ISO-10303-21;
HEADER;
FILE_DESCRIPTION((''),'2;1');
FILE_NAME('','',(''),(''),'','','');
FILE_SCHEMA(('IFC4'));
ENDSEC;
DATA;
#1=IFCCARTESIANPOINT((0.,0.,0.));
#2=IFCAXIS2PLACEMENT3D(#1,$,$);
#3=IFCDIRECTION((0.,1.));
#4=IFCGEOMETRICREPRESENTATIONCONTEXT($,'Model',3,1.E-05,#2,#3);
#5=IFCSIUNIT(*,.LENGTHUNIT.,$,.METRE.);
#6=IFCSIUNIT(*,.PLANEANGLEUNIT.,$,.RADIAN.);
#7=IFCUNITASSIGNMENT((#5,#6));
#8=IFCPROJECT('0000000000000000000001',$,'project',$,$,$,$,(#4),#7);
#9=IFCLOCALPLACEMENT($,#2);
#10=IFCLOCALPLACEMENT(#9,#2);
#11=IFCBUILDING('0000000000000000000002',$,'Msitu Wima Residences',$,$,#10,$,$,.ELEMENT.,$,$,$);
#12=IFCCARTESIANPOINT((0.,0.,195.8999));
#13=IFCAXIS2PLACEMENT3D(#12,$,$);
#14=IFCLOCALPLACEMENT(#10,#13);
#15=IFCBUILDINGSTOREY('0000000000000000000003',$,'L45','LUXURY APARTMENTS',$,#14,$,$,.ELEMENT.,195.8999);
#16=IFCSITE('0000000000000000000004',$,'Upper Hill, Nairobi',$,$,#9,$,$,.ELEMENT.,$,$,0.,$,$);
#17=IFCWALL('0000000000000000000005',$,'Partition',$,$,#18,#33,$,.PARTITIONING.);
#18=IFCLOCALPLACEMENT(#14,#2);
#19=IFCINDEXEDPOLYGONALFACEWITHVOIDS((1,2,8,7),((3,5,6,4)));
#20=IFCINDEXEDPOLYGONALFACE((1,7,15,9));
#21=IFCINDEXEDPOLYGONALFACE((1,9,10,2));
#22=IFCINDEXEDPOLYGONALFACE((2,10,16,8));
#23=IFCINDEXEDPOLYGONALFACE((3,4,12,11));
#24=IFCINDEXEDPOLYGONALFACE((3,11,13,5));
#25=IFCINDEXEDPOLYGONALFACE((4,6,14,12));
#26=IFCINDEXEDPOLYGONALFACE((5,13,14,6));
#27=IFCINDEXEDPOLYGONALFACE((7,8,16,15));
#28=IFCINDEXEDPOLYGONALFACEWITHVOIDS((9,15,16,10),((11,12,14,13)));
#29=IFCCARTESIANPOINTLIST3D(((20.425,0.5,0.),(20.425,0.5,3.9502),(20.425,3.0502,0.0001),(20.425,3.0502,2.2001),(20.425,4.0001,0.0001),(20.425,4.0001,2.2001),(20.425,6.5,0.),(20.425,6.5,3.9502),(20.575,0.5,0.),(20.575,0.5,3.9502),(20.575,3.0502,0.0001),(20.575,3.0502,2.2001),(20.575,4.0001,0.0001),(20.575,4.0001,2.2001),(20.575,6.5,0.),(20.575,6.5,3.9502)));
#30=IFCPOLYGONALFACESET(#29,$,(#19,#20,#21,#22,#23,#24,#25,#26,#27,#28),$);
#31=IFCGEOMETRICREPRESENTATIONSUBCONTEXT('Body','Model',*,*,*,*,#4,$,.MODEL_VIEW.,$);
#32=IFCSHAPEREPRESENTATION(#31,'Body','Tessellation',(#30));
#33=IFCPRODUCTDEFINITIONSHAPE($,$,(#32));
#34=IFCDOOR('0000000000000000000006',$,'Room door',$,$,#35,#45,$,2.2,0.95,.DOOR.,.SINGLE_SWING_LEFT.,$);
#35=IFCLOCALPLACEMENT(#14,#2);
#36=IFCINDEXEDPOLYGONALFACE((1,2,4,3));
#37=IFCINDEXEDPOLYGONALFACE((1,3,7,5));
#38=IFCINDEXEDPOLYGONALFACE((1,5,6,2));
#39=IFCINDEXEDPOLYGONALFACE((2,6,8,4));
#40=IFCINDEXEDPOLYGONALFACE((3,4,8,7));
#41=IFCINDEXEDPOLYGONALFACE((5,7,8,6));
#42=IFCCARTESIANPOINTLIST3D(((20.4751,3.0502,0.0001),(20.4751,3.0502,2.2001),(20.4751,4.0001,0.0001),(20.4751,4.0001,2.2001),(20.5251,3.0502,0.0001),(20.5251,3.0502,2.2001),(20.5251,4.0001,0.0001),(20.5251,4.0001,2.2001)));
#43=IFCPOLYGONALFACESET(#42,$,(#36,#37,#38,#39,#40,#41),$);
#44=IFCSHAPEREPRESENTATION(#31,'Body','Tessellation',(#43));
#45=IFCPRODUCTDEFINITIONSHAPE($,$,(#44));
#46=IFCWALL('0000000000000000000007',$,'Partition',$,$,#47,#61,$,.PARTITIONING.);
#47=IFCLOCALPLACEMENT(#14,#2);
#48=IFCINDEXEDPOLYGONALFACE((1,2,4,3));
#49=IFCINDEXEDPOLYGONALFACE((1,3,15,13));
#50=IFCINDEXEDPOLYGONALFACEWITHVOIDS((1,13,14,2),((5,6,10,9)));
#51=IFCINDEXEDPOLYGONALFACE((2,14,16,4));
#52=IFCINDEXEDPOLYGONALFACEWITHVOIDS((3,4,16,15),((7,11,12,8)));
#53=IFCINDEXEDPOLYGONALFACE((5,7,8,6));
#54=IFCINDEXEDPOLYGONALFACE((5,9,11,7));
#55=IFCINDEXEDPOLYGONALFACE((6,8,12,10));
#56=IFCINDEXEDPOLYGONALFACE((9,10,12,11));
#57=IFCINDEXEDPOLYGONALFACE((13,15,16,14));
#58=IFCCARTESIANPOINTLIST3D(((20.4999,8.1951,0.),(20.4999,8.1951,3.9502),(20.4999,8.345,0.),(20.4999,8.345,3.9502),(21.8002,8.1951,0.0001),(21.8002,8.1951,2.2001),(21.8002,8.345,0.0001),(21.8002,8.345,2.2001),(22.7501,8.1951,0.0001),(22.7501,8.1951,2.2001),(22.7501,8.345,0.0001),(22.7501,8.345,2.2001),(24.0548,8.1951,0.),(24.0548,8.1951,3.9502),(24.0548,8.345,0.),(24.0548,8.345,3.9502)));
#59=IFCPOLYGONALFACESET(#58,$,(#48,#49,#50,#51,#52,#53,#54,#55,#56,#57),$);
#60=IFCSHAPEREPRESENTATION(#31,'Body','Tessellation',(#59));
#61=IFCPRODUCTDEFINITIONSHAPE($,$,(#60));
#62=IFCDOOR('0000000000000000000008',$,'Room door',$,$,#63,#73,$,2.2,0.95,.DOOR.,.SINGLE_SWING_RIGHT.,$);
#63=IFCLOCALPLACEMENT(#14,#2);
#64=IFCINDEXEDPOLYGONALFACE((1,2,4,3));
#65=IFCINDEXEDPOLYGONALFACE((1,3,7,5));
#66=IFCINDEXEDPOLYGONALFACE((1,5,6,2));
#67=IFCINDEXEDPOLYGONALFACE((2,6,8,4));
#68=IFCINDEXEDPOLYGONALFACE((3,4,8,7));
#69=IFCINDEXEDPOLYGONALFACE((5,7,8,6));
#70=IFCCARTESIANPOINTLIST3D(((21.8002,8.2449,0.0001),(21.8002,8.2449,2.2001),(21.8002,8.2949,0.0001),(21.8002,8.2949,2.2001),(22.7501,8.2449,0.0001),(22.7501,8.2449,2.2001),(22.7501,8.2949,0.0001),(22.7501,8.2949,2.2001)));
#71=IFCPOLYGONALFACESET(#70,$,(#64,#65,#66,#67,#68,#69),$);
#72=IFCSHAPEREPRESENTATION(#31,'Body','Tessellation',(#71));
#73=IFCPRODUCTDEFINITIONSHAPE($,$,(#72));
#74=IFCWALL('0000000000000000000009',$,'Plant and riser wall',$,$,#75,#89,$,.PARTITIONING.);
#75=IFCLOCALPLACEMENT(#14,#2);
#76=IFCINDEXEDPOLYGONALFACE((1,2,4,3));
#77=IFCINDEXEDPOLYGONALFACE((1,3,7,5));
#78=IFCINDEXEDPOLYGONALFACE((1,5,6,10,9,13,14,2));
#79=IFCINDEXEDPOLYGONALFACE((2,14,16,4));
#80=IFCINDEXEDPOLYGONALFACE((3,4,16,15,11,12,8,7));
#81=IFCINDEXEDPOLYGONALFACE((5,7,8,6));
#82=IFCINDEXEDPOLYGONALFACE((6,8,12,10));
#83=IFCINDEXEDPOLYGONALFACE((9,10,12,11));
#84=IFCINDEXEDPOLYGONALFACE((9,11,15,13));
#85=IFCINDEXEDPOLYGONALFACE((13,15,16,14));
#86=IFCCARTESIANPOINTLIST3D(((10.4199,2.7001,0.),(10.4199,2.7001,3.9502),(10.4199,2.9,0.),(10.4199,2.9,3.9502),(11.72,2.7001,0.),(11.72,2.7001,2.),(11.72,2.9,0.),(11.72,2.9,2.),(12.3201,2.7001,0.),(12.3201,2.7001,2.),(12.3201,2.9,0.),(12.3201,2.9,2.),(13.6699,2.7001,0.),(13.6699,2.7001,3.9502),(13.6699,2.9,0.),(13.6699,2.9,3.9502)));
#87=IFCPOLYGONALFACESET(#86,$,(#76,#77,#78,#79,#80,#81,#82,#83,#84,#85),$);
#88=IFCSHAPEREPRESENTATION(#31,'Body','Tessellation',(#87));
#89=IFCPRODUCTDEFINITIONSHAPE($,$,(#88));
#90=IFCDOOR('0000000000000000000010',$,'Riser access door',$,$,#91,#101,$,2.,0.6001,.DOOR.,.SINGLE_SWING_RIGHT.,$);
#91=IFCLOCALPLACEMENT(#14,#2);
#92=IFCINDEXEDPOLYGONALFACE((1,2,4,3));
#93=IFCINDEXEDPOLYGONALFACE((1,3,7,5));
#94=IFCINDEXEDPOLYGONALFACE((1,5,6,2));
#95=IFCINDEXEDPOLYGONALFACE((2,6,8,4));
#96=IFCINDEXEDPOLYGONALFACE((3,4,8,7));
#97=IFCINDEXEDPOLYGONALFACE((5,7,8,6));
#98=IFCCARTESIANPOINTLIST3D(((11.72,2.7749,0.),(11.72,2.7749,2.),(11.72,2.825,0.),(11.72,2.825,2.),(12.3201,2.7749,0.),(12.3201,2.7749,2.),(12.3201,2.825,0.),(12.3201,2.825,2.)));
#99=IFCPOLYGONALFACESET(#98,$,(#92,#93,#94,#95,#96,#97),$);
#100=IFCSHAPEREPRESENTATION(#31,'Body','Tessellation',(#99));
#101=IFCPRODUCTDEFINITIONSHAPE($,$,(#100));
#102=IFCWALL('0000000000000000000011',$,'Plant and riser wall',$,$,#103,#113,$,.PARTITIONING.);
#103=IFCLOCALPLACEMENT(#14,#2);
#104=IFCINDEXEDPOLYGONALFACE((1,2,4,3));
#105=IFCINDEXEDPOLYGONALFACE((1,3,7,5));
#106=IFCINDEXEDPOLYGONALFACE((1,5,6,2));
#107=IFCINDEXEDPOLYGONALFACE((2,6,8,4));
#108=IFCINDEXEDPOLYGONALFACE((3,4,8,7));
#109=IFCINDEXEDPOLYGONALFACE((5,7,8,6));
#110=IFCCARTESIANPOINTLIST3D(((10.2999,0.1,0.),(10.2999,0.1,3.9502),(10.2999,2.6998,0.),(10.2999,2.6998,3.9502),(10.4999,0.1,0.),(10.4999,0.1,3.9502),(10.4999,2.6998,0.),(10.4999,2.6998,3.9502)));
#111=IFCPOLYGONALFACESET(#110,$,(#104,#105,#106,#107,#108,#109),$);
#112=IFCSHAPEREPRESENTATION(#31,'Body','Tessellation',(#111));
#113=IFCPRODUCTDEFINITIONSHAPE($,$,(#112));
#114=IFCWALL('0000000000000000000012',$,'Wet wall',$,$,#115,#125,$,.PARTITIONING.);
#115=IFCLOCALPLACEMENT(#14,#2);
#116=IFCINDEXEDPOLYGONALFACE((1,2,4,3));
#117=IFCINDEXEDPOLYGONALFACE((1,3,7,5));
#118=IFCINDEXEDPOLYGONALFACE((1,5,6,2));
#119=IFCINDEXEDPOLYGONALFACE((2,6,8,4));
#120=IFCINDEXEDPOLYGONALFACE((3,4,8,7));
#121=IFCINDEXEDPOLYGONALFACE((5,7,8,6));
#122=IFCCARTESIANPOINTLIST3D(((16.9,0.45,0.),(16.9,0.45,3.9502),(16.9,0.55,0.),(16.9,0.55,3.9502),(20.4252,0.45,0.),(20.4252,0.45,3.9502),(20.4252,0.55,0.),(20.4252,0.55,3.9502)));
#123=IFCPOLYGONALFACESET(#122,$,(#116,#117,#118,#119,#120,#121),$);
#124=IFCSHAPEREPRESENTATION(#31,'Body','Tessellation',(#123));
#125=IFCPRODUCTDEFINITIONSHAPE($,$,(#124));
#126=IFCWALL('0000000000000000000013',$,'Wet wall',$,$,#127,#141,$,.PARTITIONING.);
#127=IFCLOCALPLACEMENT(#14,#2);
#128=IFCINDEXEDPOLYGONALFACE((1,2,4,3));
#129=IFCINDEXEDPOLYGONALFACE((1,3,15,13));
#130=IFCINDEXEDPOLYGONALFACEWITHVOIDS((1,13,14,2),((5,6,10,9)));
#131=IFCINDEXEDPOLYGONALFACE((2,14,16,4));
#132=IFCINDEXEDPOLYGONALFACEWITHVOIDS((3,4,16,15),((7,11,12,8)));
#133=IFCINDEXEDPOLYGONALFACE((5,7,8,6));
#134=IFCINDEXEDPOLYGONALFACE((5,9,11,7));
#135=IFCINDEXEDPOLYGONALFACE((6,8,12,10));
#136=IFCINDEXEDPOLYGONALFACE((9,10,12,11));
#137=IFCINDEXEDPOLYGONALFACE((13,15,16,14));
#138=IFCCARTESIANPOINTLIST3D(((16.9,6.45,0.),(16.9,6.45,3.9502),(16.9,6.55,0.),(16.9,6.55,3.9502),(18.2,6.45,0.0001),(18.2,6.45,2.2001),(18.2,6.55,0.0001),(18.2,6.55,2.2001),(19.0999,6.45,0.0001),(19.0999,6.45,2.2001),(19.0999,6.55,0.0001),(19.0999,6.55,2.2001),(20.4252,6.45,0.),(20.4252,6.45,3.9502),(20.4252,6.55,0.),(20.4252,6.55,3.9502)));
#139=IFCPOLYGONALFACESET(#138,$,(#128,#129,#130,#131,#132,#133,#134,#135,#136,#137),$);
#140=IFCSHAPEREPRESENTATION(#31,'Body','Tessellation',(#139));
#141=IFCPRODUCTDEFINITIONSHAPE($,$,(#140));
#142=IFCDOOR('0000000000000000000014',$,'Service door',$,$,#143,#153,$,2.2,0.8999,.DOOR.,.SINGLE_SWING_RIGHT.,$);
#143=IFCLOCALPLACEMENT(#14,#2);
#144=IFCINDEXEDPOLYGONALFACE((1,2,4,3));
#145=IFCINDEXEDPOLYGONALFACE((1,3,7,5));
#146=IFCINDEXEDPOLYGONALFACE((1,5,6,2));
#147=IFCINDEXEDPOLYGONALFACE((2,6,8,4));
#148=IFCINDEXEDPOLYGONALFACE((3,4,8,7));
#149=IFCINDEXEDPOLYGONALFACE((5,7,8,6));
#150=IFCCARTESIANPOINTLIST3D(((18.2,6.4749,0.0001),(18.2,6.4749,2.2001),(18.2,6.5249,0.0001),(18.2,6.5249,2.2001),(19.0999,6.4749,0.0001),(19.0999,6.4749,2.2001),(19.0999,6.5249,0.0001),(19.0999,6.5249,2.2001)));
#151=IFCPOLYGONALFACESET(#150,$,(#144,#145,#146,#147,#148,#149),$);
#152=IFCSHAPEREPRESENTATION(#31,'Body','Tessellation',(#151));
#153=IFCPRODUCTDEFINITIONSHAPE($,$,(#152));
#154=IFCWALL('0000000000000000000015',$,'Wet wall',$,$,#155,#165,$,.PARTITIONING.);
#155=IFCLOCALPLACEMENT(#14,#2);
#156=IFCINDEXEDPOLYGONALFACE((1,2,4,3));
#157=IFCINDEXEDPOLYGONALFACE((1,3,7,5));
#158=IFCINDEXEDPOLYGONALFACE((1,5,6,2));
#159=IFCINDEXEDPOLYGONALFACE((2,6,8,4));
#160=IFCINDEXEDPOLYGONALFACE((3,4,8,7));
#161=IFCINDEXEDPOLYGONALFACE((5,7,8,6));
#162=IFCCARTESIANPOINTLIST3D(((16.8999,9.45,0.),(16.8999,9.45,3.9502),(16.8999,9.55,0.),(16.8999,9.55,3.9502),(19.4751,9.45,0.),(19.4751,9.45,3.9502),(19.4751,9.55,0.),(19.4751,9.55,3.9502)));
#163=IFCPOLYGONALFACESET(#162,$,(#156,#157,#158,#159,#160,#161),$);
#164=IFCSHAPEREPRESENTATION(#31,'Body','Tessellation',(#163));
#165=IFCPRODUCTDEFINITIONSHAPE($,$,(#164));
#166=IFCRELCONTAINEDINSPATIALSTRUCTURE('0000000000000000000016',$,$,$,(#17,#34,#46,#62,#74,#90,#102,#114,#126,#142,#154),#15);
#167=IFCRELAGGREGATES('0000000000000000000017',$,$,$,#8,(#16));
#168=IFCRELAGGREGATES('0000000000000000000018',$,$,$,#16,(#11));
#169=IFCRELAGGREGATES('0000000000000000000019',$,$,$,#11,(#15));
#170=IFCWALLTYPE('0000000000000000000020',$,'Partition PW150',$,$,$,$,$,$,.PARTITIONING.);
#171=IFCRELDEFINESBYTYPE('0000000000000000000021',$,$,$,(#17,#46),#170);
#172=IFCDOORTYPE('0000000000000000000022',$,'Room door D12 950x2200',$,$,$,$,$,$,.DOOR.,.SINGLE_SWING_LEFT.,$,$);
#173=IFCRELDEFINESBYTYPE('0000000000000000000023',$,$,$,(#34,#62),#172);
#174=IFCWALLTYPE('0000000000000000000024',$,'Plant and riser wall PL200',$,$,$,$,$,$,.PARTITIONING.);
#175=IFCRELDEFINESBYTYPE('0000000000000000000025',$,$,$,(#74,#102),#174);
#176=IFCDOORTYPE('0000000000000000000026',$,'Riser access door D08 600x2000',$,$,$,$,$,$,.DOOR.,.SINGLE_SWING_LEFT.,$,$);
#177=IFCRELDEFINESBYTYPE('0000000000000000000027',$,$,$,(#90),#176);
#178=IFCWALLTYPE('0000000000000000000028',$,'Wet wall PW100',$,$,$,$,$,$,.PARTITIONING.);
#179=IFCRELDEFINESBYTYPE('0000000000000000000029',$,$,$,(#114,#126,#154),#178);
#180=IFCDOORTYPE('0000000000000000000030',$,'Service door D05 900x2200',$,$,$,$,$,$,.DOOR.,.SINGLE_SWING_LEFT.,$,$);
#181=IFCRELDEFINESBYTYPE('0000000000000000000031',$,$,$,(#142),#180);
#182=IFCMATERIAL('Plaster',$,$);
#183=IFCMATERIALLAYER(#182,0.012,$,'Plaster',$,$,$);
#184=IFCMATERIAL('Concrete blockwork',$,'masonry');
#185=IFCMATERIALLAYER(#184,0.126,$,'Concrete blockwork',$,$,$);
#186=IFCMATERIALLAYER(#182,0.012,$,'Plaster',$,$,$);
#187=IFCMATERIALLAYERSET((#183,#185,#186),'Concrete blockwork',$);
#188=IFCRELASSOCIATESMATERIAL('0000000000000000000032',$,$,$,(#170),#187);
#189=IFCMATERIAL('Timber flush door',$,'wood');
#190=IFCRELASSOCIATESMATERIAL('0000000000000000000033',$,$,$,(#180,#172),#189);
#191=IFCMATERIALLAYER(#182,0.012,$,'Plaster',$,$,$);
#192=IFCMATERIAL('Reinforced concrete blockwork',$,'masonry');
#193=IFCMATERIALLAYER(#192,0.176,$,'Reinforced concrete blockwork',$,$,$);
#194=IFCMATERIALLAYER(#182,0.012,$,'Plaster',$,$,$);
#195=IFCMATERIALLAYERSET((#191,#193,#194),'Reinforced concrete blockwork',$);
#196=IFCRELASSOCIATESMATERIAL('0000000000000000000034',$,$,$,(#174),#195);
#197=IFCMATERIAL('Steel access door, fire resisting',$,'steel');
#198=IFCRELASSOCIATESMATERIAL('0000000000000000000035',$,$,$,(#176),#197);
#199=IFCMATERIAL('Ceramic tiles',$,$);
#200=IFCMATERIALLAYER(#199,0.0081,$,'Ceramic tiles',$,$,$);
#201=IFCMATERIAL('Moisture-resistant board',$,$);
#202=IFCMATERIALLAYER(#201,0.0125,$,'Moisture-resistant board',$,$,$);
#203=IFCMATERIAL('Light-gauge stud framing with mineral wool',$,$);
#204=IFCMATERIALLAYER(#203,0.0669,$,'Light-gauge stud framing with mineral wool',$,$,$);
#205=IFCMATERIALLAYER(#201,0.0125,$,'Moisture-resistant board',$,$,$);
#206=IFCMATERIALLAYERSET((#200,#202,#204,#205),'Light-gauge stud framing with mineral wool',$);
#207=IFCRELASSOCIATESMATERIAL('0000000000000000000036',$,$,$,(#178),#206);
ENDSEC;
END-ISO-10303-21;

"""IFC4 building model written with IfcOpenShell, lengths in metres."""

from ifc_helpers import new_model, si_unit, direction, frame, frame_2d, origin, place, context, subcontext, project, spatial, rectangle, extrude, material, layer, layer_set, type_object, element, fill, save


model = new_model("IFC4")

# Units and contexts
model_context = context("Model", 3, precision=1e-05, world=origin(), true_north=direction((0.0, 1.0)))
body_context = subcontext(model_context, "Body", "Model", "MODEL_VIEW")
ifc_project = project(units=[si_unit("LENGTHUNIT", "METRE"), si_unit("PLANEANGLEUNIT", "RADIAN")], contexts=[model_context])

# Site, building, storey
site_placement = place(None, origin())
site = spatial("IfcSite", under=ifc_project, at=site_placement, Name="Upper Hill, Nairobi", CompositionType="ELEMENT", RefElevation=0.0)
building_placement = place(site_placement, origin())
building = spatial("IfcBuilding", under=site, at=building_placement, Name="Msitu Wima Residences", CompositionType="ELEMENT")
storey_placement = place(building_placement, frame((0.0, 0.0, 195.8999)))
storey = spatial("IfcBuildingStorey", under=building, at=storey_placement, Name="L45", Description="LUXURY APARTMENTS", CompositionType="ELEMENT", Elevation=195.8999)

# Shared definitions
ifc_material_1 = material(Name="Plaster")
ifc_material_2 = material(Name="Concrete blockwork", Category="masonry")

# Walls, openings, doors
ifc_layer_1 = layer(ifc_material_1, 0.012, Name="Plaster")
ifc_layer_2 = layer(ifc_material_2, 0.126, Name="Concrete blockwork")
ifc_layer_3 = layer(ifc_material_1, 0.012, Name="Plaster")
ifc_layer_set_1 = layer_set([ifc_layer_1, ifc_layer_2, ifc_layer_3], Name="Concrete blockwork")
wall_type_1 = type_object("IfcWallType", Name="Partition PW150", PredefinedType="PARTITIONING", material=ifc_layer_set_1)
ifc_material_3 = material(Name="Timber flush door", Category="wood")
door_type_1 = type_object("IfcDoorType", Name="Service door D05 900x2200", OperationType="SINGLE_SWING_LEFT", PredefinedType="DOOR", material=ifc_material_3)
wall_1_placement = place(storey_placement, frame((20.5, 0.5, 0.0), z_axis=(0.0, 0.0, 1.0), x_axis=(0.0, 1.0, 0.0)))
wall_1 = element("IfcWall", 1, at=wall_1_placement, inside=storey, type_object=wall_type_1, Name="Partition", PredefinedType="PARTITIONING", context=body_context, shape_type="SweptSolid", body=[
    extrude(rectangle(XDim=6.0, YDim=0.1499, at=frame_2d((3.0, 0.0))), origin(), (0.0, 0.0, 1.0), 3.9502),
])
opening_1_placement = place(wall_1_placement, frame((2.55, 0.0, 0.0)))
opening_1 = element("IfcOpeningElement", 2, at=opening_1_placement, cuts=wall_1, PredefinedType="OPENING", context=body_context, shape_type="SweptSolid", body=[
    extrude(rectangle(XDim=0.95, YDim=2.2, at=frame_2d((0.4751, 1.1001))), frame((0.0, 0.085, 0.0), z_axis=(0.0, -1.0, 0.0), x_axis=(1.0, 0.0, 0.0)), (0.0, 0.0, 1.0), 0.1699),
])
door_type_2 = type_object("IfcDoorType", Name="Room door D12 950x2200", OperationType="SINGLE_SWING_LEFT", PredefinedType="DOOR", material=ifc_material_3)
door_1_placement = place(opening_1_placement, origin())
door_1 = element("IfcDoor", 3, at=door_1_placement, inside=storey, type_object=door_type_2, Name="Room door", OperationType="SINGLE_SWING_LEFT", OverallHeight=2.2, OverallWidth=0.95, PredefinedType="DOOR", context=body_context, shape_type="SweptSolid", body=[
    extrude(rectangle(XDim=0.95, YDim=2.2, at=frame_2d((0.4751, 1.1001))), frame((0.0, 0.0249, 0.0), z_axis=(0.0, -1.0, 0.0), x_axis=(1.0, 0.0, 0.0)), (0.0, 0.0, 1.0), 0.05),
])
fill(opening_1, door_1)
wall_2_placement = place(storey_placement, frame((20.5, 8.27, 0.0), z_axis=(0.0, 0.0, 1.0), x_axis=(1.0, 0.0, 0.0)))
wall_2 = element("IfcWall", 4, at=wall_2_placement, inside=storey, type_object=wall_type_1, Name="Partition", PredefinedType="PARTITIONING", context=body_context, shape_type="SweptSolid", body=[
    extrude(rectangle(XDim=3.5549, YDim=0.1499, at=frame_2d((1.7773, 0.0))), origin(), (0.0, 0.0, 1.0), 3.9502),
])
opening_2_placement = place(wall_2_placement, frame((1.3, 0.0, 0.0)))
opening_2 = element("IfcOpeningElement", 5, at=opening_2_placement, cuts=wall_2, PredefinedType="OPENING", context=body_context, shape_type="SweptSolid", body=[
    extrude(rectangle(XDim=0.95, YDim=2.2, at=frame_2d((0.4751, 1.1001))), frame((0.0, 0.085, 0.0), z_axis=(0.0, -1.0, 0.0), x_axis=(1.0, 0.0, 0.0)), (0.0, 0.0, 1.0), 0.1699),
])
door_2_placement = place(opening_2_placement, origin())
door_2 = element("IfcDoor", 6, at=door_2_placement, inside=storey, type_object=door_type_2, Name="Room door", OperationType="SINGLE_SWING_RIGHT", OverallHeight=2.2, OverallWidth=0.95, PredefinedType="DOOR", context=body_context, shape_type="SweptSolid", body=[
    extrude(rectangle(XDim=0.95, YDim=2.2, at=frame_2d((0.4751, 1.1001))), frame((0.0, 0.0249, 0.0), z_axis=(0.0, -1.0, 0.0), x_axis=(1.0, 0.0, 0.0)), (0.0, 0.0, 1.0), 0.05),
])
fill(opening_2, door_2)
ifc_layer_4 = layer(ifc_material_1, 0.012, Name="Plaster")
ifc_material_4 = material(Name="Reinforced concrete blockwork", Category="masonry")
ifc_layer_5 = layer(ifc_material_4, 0.176, Name="Reinforced concrete blockwork")
ifc_layer_6 = layer(ifc_material_1, 0.012, Name="Plaster")
ifc_layer_set_2 = layer_set([ifc_layer_4, ifc_layer_5, ifc_layer_6], Name="Reinforced concrete blockwork")
wall_type_2 = type_object("IfcWallType", Name="Plant and riser wall PL200", PredefinedType="PARTITIONING", material=ifc_layer_set_2)
wall_3_placement = place(storey_placement, frame((10.4199, 2.8, 0.0), z_axis=(0.0, 0.0, 1.0), x_axis=(1.0, 0.0, 0.0)))
wall_3 = element("IfcWall", 7, at=wall_3_placement, inside=storey, type_object=wall_type_2, Name="Plant and riser wall", PredefinedType="PARTITIONING", context=body_context, shape_type="SweptSolid", body=[
    extrude(rectangle(XDim=3.25, YDim=0.2, at=frame_2d((1.625, 0.0))), origin(), (0.0, 0.0, 1.0), 3.9502),
])
opening_3_placement = place(wall_3_placement, frame((1.3, 0.0, 0.0)))
opening_3 = element("IfcOpeningElement", 8, at=opening_3_placement, cuts=wall_3, PredefinedType="OPENING", context=body_context, shape_type="SweptSolid", body=[
    extrude(rectangle(XDim=0.6001, YDim=2.0, at=frame_2d((0.3, 1.0))), frame((0.0, 0.1099, 0.0), z_axis=(0.0, -1.0, 0.0), x_axis=(1.0, 0.0, 0.0)), (0.0, 0.0, 1.0), 0.22),
])
ifc_material_5 = material(Name="Steel access door, fire resisting", Category="steel")
door_type_3 = type_object("IfcDoorType", Name="Riser access door D08 600x2000", OperationType="SINGLE_SWING_LEFT", PredefinedType="DOOR", material=ifc_material_5)
door_3_placement = place(opening_3_placement, origin())
door_3 = element("IfcDoor", 9, at=door_3_placement, inside=storey, type_object=door_type_3, Name="Riser access door", OperationType="SINGLE_SWING_RIGHT", OverallHeight=2.0, OverallWidth=0.6001, PredefinedType="DOOR", context=body_context, shape_type="SweptSolid", body=[
    extrude(rectangle(XDim=0.6001, YDim=2.0, at=frame_2d((0.3, 1.0))), frame((0.0, 0.0249, 0.0), z_axis=(0.0, -1.0, 0.0), x_axis=(1.0, 0.0, 0.0)), (0.0, 0.0, 1.0), 0.05),
])
fill(opening_3, door_3)

# Walls
wall_4_placement = place(storey_placement, frame((10.3999, 0.1001, 0.0), z_axis=(0.0, 0.0, 1.0), x_axis=(0.0, 1.0, 0.0)))
element("IfcWall", 10, at=wall_4_placement, inside=storey, type_object=wall_type_2, Name="Plant and riser wall", PredefinedType="PARTITIONING", context=body_context, shape_type="SweptSolid", body=[
    extrude(rectangle(XDim=2.5999, YDim=0.2, at=frame_2d((1.2998, 0.0))), origin(), (0.0, 0.0, 1.0), 3.9502),
])
ifc_material_6 = material(Name="Ceramic tiles")
ifc_layer_7 = layer(ifc_material_6, 0.0081, Name="Ceramic tiles")
ifc_material_7 = material(Name="Moisture-resistant board")
ifc_layer_8 = layer(ifc_material_7, 0.0125, Name="Moisture-resistant board")
ifc_material_8 = material(Name="Light-gauge stud framing with mineral wool")
ifc_layer_9 = layer(ifc_material_8, 0.0669, Name="Light-gauge stud framing with mineral wool")
ifc_layer_10 = layer(ifc_material_7, 0.0125, Name="Moisture-resistant board")
ifc_layer_set_3 = layer_set([ifc_layer_7, ifc_layer_8, ifc_layer_9, ifc_layer_10], Name="Light-gauge stud framing with mineral wool")
wall_type_3 = type_object("IfcWallType", Name="Wet wall PW100", PredefinedType="PARTITIONING", material=ifc_layer_set_3)
wall_5_placement = place(storey_placement, frame((16.8999, 0.5, 0.0), z_axis=(0.0, 0.0, 1.0), x_axis=(1.0, 0.0, 0.0)))
element("IfcWall", 11, at=wall_5_placement, inside=storey, type_object=wall_type_3, Name="Wet wall", PredefinedType="PARTITIONING", context=body_context, shape_type="SweptSolid", body=[
    extrude(rectangle(XDim=3.5251, YDim=0.1001, at=frame_2d((1.7627, 0.0))), origin(), (0.0, 0.0, 1.0), 3.9502),
])

# Wall, opening, door
wall_6_placement = place(storey_placement, frame((16.8999, 6.5, 0.0), z_axis=(0.0, 0.0, 1.0), x_axis=(1.0, 0.0, 0.0)))
wall_6 = element("IfcWall", 12, at=wall_6_placement, inside=storey, type_object=wall_type_3, Name="Wet wall", PredefinedType="PARTITIONING", context=body_context, shape_type="SweptSolid", body=[
    extrude(rectangle(XDim=3.5251, YDim=0.1001, at=frame_2d((1.7627, 0.0))), origin(), (0.0, 0.0, 1.0), 3.9502),
])
opening_4_placement = place(wall_6_placement, frame((1.3, 0.0, 0.0)))
opening_4 = element("IfcOpeningElement", 13, at=opening_4_placement, cuts=wall_6, PredefinedType="OPENING", context=body_context, shape_type="SweptSolid", body=[
    extrude(rectangle(XDim=0.8999, YDim=2.2, at=frame_2d((0.45, 1.1001))), frame((0.0, 0.0601, 0.0), z_axis=(0.0, -1.0, 0.0), x_axis=(1.0, 0.0, 0.0)), (0.0, 0.0, 1.0), 0.1201),
])
door_4_placement = place(opening_4_placement, origin())
door_4 = element("IfcDoor", 14, at=door_4_placement, inside=storey, type_object=door_type_1, Name="Service door", OperationType="SINGLE_SWING_RIGHT", OverallHeight=2.2, OverallWidth=0.8999, PredefinedType="DOOR", context=body_context, shape_type="SweptSolid", body=[
    extrude(rectangle(XDim=0.8999, YDim=2.2, at=frame_2d((0.45, 1.1001))), frame((0.0, 0.0249, 0.0), z_axis=(0.0, -1.0, 0.0), x_axis=(1.0, 0.0, 0.0)), (0.0, 0.0, 1.0), 0.05),
])
fill(opening_4, door_4)

# Wall
wall_7_placement = place(storey_placement, frame((16.8999, 9.5, 0.0), z_axis=(0.0, 0.0, 1.0), x_axis=(1.0, 0.0, 0.0)))
element("IfcWall", 15, at=wall_7_placement, inside=storey, type_object=wall_type_3, Name="Wet wall", PredefinedType="PARTITIONING", context=body_context, shape_type="SweptSolid", body=[
    extrude(rectangle(XDim=2.5752, YDim=0.1001, at=frame_2d((1.2876, 0.0))), origin(), (0.0, 0.0, 1.0), 3.9502),
])

save(model, "model.ifc")
